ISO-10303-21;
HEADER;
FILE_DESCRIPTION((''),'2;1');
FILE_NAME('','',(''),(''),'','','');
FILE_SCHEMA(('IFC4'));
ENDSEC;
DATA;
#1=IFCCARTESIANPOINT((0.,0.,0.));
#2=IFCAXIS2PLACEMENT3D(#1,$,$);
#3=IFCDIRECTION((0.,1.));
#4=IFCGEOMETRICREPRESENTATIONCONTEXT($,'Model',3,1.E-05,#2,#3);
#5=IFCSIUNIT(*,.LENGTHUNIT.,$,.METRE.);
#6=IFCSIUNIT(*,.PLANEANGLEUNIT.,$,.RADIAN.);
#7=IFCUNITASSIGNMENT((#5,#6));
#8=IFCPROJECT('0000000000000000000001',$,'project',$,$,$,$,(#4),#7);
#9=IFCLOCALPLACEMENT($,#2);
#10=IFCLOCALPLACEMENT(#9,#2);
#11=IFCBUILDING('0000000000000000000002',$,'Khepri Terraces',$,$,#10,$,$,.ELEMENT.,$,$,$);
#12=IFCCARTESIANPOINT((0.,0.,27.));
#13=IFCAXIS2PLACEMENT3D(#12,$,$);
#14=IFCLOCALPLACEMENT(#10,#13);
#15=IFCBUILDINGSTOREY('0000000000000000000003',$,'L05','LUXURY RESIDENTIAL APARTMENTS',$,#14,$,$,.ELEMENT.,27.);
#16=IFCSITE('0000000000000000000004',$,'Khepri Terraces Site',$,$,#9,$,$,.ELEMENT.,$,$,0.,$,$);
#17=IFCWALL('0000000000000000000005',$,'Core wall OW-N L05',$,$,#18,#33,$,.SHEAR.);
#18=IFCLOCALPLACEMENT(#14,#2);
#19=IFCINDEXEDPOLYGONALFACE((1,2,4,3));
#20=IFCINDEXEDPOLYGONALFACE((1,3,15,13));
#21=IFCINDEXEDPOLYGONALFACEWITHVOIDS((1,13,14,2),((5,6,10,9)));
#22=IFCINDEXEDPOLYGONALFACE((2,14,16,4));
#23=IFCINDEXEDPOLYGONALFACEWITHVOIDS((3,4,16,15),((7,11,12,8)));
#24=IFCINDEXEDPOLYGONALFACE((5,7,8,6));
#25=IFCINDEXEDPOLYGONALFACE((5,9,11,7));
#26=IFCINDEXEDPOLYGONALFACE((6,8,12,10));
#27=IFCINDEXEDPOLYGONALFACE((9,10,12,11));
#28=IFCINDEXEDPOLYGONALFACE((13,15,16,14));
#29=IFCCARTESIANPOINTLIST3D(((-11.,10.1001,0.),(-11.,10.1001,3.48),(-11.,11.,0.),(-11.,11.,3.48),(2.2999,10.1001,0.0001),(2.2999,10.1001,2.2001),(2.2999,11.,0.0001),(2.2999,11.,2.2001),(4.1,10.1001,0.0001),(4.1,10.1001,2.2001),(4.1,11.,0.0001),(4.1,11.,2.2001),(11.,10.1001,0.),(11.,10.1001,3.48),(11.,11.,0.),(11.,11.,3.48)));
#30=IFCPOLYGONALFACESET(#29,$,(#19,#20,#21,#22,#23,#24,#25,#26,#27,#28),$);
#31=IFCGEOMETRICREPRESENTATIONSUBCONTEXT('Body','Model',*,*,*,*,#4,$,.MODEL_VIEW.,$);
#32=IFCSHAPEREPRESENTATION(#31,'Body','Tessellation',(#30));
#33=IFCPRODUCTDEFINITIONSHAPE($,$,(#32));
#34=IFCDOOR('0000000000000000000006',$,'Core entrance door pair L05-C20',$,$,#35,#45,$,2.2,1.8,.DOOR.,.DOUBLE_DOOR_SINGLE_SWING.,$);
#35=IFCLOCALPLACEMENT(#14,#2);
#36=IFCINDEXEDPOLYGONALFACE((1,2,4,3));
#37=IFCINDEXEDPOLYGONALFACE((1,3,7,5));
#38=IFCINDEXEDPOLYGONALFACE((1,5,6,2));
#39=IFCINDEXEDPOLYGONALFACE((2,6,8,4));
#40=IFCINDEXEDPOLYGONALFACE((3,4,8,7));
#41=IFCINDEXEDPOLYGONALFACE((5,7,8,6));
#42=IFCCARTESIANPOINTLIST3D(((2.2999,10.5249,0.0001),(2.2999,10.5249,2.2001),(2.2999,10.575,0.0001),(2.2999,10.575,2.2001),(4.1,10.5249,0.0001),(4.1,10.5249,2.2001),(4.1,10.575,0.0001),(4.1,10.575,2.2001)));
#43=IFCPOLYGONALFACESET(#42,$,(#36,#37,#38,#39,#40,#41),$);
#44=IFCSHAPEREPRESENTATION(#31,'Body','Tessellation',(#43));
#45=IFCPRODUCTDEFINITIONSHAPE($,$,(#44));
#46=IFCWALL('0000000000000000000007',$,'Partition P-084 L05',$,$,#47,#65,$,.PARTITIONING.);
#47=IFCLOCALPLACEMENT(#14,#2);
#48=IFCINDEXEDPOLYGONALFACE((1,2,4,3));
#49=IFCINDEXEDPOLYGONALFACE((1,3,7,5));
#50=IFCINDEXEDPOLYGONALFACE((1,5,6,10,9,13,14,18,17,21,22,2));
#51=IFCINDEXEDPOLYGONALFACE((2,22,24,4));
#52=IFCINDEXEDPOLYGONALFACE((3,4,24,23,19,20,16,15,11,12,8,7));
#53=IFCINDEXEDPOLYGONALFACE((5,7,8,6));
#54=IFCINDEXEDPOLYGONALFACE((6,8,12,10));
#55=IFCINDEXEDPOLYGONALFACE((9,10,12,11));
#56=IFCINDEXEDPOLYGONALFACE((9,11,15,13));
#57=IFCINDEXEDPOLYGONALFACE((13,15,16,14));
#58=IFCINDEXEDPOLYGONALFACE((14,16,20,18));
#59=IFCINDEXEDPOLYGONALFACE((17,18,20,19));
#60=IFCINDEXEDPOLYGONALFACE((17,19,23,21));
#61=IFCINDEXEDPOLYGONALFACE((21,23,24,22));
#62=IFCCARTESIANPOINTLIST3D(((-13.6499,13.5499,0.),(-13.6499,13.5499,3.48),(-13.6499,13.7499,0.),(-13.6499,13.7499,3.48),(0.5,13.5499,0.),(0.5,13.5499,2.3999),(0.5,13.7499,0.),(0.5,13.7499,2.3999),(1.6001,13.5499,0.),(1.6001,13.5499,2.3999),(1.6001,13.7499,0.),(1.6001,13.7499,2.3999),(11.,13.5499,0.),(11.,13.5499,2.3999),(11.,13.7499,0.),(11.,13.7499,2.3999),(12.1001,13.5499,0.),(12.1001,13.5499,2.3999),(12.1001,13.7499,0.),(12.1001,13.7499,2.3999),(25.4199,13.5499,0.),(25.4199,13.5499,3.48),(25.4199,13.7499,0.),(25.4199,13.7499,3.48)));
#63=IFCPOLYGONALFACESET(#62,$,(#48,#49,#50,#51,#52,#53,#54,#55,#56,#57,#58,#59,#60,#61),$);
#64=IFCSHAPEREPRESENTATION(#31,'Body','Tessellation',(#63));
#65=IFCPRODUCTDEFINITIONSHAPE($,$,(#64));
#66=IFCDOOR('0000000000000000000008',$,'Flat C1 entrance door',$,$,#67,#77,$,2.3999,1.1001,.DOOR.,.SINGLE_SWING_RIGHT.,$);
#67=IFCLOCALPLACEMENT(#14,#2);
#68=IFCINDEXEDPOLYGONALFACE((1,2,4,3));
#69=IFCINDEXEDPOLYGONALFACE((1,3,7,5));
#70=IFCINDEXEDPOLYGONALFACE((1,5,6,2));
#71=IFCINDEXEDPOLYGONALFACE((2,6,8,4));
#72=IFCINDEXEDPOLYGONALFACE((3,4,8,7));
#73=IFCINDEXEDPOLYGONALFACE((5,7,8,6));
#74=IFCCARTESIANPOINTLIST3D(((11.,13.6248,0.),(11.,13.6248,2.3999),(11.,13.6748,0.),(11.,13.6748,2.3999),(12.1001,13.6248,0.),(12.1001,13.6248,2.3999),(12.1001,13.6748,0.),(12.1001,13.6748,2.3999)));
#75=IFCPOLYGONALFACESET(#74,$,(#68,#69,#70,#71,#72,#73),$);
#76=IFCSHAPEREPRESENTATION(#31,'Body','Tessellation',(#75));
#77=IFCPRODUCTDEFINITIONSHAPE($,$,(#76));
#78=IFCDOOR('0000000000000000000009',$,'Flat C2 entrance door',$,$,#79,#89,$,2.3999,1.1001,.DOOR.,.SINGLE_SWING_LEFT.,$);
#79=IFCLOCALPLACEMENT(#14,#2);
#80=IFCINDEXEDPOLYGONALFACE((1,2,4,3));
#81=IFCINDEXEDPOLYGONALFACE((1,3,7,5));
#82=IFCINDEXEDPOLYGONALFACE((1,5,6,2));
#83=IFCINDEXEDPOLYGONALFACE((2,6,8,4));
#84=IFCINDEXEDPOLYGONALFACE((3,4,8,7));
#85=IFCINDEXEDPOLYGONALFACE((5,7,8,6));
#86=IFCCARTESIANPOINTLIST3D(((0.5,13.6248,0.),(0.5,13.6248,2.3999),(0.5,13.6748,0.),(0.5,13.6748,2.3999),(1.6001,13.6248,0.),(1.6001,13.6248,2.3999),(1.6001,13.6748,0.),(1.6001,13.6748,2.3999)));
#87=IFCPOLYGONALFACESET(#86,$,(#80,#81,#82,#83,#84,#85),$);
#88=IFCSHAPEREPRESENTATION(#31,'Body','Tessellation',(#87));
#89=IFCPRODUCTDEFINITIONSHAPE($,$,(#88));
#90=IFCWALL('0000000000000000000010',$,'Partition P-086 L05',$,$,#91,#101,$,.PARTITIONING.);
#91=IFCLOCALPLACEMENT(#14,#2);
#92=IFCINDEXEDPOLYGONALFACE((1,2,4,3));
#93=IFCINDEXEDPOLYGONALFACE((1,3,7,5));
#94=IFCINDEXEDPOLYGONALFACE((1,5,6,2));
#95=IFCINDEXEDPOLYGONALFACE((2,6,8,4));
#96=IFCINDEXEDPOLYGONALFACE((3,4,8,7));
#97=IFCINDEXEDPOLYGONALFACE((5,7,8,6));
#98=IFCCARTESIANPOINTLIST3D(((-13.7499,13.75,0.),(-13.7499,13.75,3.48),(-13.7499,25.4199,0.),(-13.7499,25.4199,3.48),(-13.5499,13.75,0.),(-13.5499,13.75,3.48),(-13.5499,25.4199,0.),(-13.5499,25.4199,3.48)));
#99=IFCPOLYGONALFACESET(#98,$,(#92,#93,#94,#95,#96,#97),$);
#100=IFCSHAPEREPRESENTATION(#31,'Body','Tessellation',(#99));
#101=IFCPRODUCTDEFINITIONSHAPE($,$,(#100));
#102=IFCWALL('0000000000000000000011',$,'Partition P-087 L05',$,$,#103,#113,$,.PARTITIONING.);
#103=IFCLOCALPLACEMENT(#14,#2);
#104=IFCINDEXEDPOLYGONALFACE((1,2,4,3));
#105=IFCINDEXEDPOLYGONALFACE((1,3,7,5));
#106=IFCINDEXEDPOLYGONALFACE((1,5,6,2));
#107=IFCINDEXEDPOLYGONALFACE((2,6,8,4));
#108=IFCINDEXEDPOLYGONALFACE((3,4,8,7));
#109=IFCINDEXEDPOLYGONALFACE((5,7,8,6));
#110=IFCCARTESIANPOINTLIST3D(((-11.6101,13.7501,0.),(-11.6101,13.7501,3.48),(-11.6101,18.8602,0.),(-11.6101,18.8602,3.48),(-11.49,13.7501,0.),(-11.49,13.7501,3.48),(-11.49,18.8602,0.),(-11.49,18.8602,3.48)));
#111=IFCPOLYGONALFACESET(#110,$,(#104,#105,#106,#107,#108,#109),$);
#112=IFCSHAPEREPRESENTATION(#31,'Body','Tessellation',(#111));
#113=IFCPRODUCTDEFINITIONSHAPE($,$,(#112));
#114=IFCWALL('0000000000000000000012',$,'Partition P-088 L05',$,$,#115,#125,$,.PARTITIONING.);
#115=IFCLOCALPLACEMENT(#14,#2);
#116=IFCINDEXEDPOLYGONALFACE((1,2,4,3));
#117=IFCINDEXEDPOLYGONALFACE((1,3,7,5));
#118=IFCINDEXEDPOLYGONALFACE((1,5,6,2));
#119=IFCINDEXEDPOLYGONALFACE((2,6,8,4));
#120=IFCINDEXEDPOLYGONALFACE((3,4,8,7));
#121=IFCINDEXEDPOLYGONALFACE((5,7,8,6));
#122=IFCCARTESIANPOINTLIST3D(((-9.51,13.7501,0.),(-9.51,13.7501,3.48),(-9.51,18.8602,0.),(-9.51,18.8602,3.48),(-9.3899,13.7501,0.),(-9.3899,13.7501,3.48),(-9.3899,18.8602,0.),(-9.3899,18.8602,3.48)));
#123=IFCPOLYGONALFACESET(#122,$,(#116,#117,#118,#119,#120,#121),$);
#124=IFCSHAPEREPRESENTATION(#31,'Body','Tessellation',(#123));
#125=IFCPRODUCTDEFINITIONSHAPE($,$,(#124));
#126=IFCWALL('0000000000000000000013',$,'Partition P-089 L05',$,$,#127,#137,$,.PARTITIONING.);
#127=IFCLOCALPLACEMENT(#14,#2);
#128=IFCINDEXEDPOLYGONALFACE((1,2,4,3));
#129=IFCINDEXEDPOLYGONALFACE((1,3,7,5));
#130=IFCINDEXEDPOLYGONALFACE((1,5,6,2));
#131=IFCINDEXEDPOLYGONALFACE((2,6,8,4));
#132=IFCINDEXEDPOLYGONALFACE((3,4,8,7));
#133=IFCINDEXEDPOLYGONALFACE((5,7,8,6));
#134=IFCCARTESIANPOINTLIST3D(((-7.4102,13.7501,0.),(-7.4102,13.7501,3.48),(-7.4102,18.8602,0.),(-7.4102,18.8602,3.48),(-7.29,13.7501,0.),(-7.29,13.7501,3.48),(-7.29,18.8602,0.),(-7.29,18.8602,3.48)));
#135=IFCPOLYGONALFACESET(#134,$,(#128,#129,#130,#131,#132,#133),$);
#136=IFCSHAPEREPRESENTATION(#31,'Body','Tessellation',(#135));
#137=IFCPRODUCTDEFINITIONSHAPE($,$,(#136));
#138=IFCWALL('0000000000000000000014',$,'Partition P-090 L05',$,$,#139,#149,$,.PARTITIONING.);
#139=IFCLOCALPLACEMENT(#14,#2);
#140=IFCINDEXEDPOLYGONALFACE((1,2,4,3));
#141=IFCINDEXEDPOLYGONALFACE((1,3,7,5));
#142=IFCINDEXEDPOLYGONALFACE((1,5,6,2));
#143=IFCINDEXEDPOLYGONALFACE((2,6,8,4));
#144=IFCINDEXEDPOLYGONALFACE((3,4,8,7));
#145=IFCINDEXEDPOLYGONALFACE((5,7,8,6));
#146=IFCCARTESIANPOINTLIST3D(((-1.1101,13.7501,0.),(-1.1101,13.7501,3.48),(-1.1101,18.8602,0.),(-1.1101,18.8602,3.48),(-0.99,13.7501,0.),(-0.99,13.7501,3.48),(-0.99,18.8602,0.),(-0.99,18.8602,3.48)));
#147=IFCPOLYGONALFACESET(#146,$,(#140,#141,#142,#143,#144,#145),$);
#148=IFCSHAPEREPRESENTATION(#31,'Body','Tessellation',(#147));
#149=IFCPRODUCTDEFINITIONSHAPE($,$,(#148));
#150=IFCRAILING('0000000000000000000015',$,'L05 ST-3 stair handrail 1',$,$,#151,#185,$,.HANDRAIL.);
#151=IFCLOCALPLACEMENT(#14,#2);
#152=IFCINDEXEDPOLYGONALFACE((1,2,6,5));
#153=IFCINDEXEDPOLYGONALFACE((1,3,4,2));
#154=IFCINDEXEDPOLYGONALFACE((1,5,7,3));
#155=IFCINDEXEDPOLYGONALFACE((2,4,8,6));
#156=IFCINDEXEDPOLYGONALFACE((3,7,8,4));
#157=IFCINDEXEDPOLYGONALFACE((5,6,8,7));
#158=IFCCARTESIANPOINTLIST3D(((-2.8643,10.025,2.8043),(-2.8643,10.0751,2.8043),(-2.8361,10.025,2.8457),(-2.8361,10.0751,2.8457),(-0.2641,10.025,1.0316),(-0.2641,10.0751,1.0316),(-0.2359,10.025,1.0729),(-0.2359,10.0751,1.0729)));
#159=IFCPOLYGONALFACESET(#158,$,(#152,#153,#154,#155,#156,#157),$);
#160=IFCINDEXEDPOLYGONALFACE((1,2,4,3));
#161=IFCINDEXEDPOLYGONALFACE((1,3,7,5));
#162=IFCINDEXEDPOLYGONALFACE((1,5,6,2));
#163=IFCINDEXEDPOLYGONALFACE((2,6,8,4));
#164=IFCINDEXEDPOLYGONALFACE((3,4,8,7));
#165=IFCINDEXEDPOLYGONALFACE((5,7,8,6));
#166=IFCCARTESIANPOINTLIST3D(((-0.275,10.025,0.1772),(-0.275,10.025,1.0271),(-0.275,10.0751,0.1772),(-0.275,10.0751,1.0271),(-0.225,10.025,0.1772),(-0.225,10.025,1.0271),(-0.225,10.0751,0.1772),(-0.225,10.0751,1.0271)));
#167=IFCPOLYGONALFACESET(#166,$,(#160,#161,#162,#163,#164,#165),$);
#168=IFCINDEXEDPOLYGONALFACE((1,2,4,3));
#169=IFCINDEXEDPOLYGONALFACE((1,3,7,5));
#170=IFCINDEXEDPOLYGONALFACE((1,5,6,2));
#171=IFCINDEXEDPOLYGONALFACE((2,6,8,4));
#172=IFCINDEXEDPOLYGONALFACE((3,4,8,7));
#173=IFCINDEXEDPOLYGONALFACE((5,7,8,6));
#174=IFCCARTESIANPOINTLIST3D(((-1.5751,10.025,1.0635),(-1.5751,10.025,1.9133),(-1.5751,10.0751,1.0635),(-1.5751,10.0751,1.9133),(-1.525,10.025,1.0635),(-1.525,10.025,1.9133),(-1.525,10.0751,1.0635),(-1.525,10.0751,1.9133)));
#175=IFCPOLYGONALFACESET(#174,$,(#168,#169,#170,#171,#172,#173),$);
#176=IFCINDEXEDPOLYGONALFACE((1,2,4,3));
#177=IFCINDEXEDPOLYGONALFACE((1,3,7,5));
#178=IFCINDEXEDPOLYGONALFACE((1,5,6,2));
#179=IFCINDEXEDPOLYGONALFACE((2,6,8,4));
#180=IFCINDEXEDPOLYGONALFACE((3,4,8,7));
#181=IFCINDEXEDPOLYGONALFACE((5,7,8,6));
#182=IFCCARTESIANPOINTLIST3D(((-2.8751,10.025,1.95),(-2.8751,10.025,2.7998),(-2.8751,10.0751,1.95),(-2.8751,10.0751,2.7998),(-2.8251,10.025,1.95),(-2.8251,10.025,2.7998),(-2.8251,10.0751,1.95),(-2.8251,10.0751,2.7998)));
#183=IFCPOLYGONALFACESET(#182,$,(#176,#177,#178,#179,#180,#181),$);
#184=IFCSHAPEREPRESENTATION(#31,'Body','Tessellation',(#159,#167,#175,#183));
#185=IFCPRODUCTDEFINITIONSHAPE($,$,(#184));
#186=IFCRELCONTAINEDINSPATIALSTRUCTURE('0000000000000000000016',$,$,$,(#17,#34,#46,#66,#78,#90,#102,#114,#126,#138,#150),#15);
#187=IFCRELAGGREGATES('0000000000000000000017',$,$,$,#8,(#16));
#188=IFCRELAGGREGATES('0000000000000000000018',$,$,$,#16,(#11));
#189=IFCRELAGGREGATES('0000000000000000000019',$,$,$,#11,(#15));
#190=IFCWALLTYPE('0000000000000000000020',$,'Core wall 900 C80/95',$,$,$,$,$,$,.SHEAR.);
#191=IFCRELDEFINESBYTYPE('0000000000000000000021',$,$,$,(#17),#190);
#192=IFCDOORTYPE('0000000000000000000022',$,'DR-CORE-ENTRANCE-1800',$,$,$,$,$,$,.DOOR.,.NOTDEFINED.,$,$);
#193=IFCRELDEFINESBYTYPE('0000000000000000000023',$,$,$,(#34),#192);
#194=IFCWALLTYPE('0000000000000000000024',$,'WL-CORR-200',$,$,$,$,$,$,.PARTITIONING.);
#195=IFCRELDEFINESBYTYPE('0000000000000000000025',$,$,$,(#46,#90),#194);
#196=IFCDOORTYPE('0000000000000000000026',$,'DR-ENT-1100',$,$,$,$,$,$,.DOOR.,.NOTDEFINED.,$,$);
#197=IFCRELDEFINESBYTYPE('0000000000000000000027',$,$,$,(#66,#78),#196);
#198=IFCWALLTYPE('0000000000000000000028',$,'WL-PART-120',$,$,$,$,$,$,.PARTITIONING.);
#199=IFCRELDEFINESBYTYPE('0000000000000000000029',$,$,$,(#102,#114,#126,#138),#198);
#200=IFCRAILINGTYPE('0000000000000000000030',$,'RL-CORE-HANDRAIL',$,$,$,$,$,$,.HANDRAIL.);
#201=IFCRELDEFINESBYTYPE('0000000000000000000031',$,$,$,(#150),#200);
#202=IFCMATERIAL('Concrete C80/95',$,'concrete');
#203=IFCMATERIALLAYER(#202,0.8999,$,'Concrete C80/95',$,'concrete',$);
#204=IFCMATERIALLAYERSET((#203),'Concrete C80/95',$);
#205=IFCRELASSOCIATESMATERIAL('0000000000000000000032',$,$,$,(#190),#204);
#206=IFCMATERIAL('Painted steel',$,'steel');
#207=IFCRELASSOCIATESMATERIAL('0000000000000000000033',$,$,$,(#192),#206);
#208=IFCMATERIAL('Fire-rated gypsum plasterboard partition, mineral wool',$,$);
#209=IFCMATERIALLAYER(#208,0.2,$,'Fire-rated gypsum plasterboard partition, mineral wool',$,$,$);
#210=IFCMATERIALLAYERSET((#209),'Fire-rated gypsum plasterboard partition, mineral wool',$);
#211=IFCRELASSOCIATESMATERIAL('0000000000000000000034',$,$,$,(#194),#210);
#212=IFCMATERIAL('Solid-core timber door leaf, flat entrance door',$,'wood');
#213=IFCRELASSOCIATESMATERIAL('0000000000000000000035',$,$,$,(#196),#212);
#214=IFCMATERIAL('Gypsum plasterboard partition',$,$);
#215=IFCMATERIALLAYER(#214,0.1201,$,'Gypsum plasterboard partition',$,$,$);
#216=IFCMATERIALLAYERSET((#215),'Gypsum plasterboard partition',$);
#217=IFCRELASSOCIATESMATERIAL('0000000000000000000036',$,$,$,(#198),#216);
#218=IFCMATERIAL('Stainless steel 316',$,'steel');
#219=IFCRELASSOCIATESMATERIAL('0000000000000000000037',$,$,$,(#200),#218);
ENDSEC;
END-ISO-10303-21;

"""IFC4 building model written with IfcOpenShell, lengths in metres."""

from ifc_helpers import new_model, si_unit, direction, frame, frame_2d, origin, origin_2d, place, context, subcontext, project, spatial, rectangle, extrude, material, layer, layer_set, type_object, element, fill, save


model = new_model("IFC4")

# Units and contexts
model_context = context("Model", 3, precision=1e-05, world=origin(), true_north=direction((0.0, 1.0)))
body_context = subcontext(model_context, "Body", "Model", "MODEL_VIEW")
ifc_project = project(units=[si_unit("LENGTHUNIT", "METRE"), si_unit("PLANEANGLEUNIT", "RADIAN")], contexts=[model_context])

# Site, building, storey
site_placement = place(None, origin())
site = spatial("IfcSite", under=ifc_project, at=site_placement, Name="Khepri Terraces Site", CompositionType="ELEMENT", RefElevation=0.0)
building_placement = place(site_placement, origin())
building = spatial("IfcBuilding", under=site, at=building_placement, Name="Khepri Terraces", CompositionType="ELEMENT")
storey_placement = place(building_placement, frame((0.0, 0.0, 27.0)))
storey = spatial("IfcBuildingStorey", under=building, at=storey_placement, Name="L05", Description="LUXURY RESIDENTIAL APARTMENTS", CompositionType="ELEMENT", Elevation=27.0)

# Wall, opening, door
ifc_material_1 = material(Name="Concrete C80/95", Category="concrete")
ifc_layer_1 = layer(ifc_material_1, 0.8999, Name="Concrete C80/95", Category="concrete")
ifc_layer_set_1 = layer_set([ifc_layer_1], Name="Concrete C80/95")
wall_type_1 = type_object("IfcWallType", Name="Core wall 900 C80/95", PredefinedType="SHEAR", material=ifc_layer_set_1)
wall_1_placement = place(storey_placement, frame((-11.0, 10.55, 0.0), z_axis=(0.0, 0.0, 1.0), x_axis=(1.0, 0.0, 0.0)))
wall_1 = element("IfcWall", 1, at=wall_1_placement, inside=storey, type_object=wall_type_1, Name="Core wall OW-N L05", PredefinedType="SHEAR", context=body_context, shape_type="SweptSolid", body=[
    extrude(rectangle(XDim=22.0, YDim=0.8999, at=frame_2d((11.0, 0.0))), origin(), (0.0, 0.0, 1.0), 3.48),
])
opening_1_placement = place(wall_1_placement, frame((13.3, 0.0, 0.0)))
opening_1 = element("IfcOpeningElement", 2, at=opening_1_placement, cuts=wall_1, PredefinedType="OPENING", context=body_context, shape_type="SweptSolid", body=[
    extrude(rectangle(XDim=1.8, YDim=2.2, at=frame_2d((0.8999, 1.1001))), frame((0.0, 0.46, 0.0), z_axis=(0.0, -1.0, 0.0), x_axis=(1.0, 0.0, 0.0)), (0.0, 0.0, 1.0), 0.9199),
])
ifc_material_2 = material(Name="Painted steel", Category="steel")
door_type_1 = type_object("IfcDoorType", Name="DR-CORE-ENTRANCE-1800", OperationType="NOTDEFINED", PredefinedType="DOOR", material=ifc_material_2)
door_1_placement = place(opening_1_placement, origin())
door_1 = element("IfcDoor", 3, at=door_1_placement, inside=storey, type_object=door_type_1, Name="Core entrance door pair L05-C20", OperationType="DOUBLE_DOOR_SINGLE_SWING", OverallHeight=2.2, OverallWidth=1.8, PredefinedType="DOOR", context=body_context, shape_type="SweptSolid", body=[
    extrude(rectangle(XDim=1.8, YDim=2.2, at=frame_2d((0.8999, 1.1001))), frame((0.0, 0.0249, 0.0), z_axis=(0.0, -1.0, 0.0), x_axis=(1.0, 0.0, 0.0)), (0.0, 0.0, 1.0), 0.05),
])
fill(opening_1, door_1)

# Wall, openings, doors
ifc_material_3 = material(Name="Fire-rated gypsum plasterboard partition, mineral wool")
ifc_layer_2 = layer(ifc_material_3, 0.2, Name="Fire-rated gypsum plasterboard partition, mineral wool")
ifc_layer_set_2 = layer_set([ifc_layer_2], Name="Fire-rated gypsum plasterboard partition, mineral wool")
wall_type_2 = type_object("IfcWallType", Name="WL-CORR-200", PredefinedType="PARTITIONING", material=ifc_layer_set_2)
wall_2_placement = place(storey_placement, frame((-13.6499, 13.6499, 0.0), z_axis=(0.0, 0.0, 1.0), x_axis=(1.0, 0.0, 0.0)))
wall_2 = element("IfcWall", 4, at=wall_2_placement, inside=storey, type_object=wall_type_2, Name="Partition P-084 L05", PredefinedType="PARTITIONING", context=body_context, shape_type="SweptSolid", body=[
    extrude(rectangle(XDim=39.0698, YDim=0.2, at=frame_2d((19.5349, 0.0))), origin(), (0.0, 0.0, 1.0), 3.48),
])
opening_2_placement = place(wall_2_placement, frame((24.6499, 0.0, 0.0)))
opening_2 = element("IfcOpeningElement", 5, at=opening_2_placement, cuts=wall_2, PredefinedType="OPENING", context=body_context, shape_type="SweptSolid", body=[
    extrude(rectangle(XDim=1.1001, YDim=2.3999, at=frame_2d((0.55, 1.2))), frame((0.0, 0.1099, 0.0), z_axis=(0.0, -1.0, 0.0), x_axis=(1.0, 0.0, 0.0)), (0.0, 0.0, 1.0), 0.22),
])
opening_3_placement = place(wall_2_placement, frame((14.1499, 0.0, 0.0)))
opening_3 = element("IfcOpeningElement", 6, at=opening_3_placement, cuts=wall_2, PredefinedType="OPENING", context=body_context, shape_type="SweptSolid", body=[
    extrude(rectangle(XDim=1.1001, YDim=2.3999, at=frame_2d((0.55, 1.2))), frame((0.0, 0.1099, 0.0), z_axis=(0.0, -1.0, 0.0), x_axis=(1.0, 0.0, 0.0)), (0.0, 0.0, 1.0), 0.22),
])
ifc_material_4 = material(Name="Solid-core timber door leaf, flat entrance door", Category="wood")
door_type_2 = type_object("IfcDoorType", Name="DR-ENT-1100", OperationType="NOTDEFINED", PredefinedType="DOOR", material=ifc_material_4)
door_2_placement = place(opening_2_placement, origin())
door_2 = element("IfcDoor", 7, at=door_2_placement, inside=storey, type_object=door_type_2, Name="Flat C1 entrance door", OperationType="SINGLE_SWING_RIGHT", OverallHeight=2.3999, OverallWidth=1.1001, PredefinedType="DOOR", context=body_context, shape_type="SweptSolid", body=[
    extrude(rectangle(XDim=1.1001, YDim=2.3999, at=frame_2d((0.55, 1.2))), frame((0.0, 0.0249, 0.0), z_axis=(0.0, -1.0, 0.0), x_axis=(1.0, 0.0, 0.0)), (0.0, 0.0, 1.0), 0.05),
])
fill(opening_2, door_2)
door_3_placement = place(opening_3_placement, origin())
door_3 = element("IfcDoor", 8, at=door_3_placement, inside=storey, type_object=door_type_2, Name="Flat C2 entrance door", OperationType="SINGLE_SWING_LEFT", OverallHeight=2.3999, OverallWidth=1.1001, PredefinedType="DOOR", context=body_context, shape_type="SweptSolid", body=[
    extrude(rectangle(XDim=1.1001, YDim=2.3999, at=frame_2d((0.55, 1.2))), frame((0.0, 0.0249, 0.0), z_axis=(0.0, -1.0, 0.0), x_axis=(1.0, 0.0, 0.0)), (0.0, 0.0, 1.0), 0.05),
])
fill(opening_3, door_3)

# Walls
wall_3_placement = place(storey_placement, frame((-13.6499, 13.75, 0.0), z_axis=(0.0, 0.0, 1.0), x_axis=(0.0, 1.0, 0.0)))
element("IfcWall", 9, at=wall_3_placement, inside=storey, type_object=wall_type_2, Name="Partition P-086 L05", PredefinedType="PARTITIONING", context=body_context, shape_type="SweptSolid", body=[
    extrude(rectangle(XDim=11.6699, YDim=0.2, at=frame_2d((5.835, 0.0))), origin(), (0.0, 0.0, 1.0), 3.48),
])
ifc_material_5 = material(Name="Gypsum plasterboard partition")
ifc_layer_3 = layer(ifc_material_5, 0.1201, Name="Gypsum plasterboard partition")
ifc_layer_set_3 = layer_set([ifc_layer_3], Name="Gypsum plasterboard partition")
wall_type_3 = type_object("IfcWallType", Name="WL-PART-120", PredefinedType="PARTITIONING", material=ifc_layer_set_3)
for number, where, z_axis, x_axis, name in (
    (10, (-11.55, 13.75, 0.0), (0.0, 0.0, 1.0), (0.0, 1.0, 0.0), "Partition P-087 L05"),
    (11, (-9.45, 13.75, 0.0), (0.0, 0.0, 1.0), (0.0, 1.0, 0.0), "Partition P-088 L05"),
    (12, (-7.3501, 13.75, 0.0), (0.0, 0.0, 1.0), (0.0, 1.0, 0.0), "Partition P-089 L05"),
    (13, (-1.05, 13.75, 0.0), (0.0, 0.0, 1.0), (0.0, 1.0, 0.0), "Partition P-090 L05"),
):
    element("IfcWall", number, at=place(storey_placement, frame(where, z_axis=z_axis, x_axis=x_axis)), inside=storey, type_object=wall_type_3, Name=name, PredefinedType="PARTITIONING", context=body_context, shape_type="SweptSolid", body=[
        extrude(rectangle(XDim=5.1101, YDim=0.1201, at=frame_2d((2.5552, 0.0))), origin(), (0.0, 0.0, 1.0), 3.48),
    ])

# Railing
ifc_material_6 = material(Name="Stainless steel 316", Category="steel")
railing_type = type_object("IfcRailingType", Name="RL-CORE-HANDRAIL", PredefinedType="HANDRAIL", material=ifc_material_6)
railing_placement = place(storey_placement, frame((-0.25, 10.05, 0.1772)))
element("IfcRailing", 14, at=railing_placement, inside=storey, type_object=railing_type, Name="L05 ST-3 stair handrail 1", PredefinedType="HANDRAIL", context=body_context, shape_type="SweptSolid", body=[
    extrude(rectangle(XDim=0.05, YDim=0.05, at=origin_2d()), frame((0.0, 0.0, 0.875), z_axis=(-0.82624, 0.0, 0.563318), x_axis=(0.0, -1.0, 0.0)), (0.0, 0.0, 1.0), 3.147),
    extrude(rectangle(XDim=0.05, YDim=0.05, at=origin_2d()), origin(), (0.0, 0.0, 1.0), 0.8499),
    extrude(rectangle(XDim=0.05, YDim=0.05, at=origin_2d()), frame((-1.3, 0.0, 0.8862)), (0.0, 0.0, 1.0), 0.8499),
    extrude(rectangle(XDim=0.05, YDim=0.05, at=origin_2d()), frame((-2.6001, 0.0, 1.7727)), (0.0, 0.0, 1.0), 0.8499),
])

save(model, "model.ifc")
